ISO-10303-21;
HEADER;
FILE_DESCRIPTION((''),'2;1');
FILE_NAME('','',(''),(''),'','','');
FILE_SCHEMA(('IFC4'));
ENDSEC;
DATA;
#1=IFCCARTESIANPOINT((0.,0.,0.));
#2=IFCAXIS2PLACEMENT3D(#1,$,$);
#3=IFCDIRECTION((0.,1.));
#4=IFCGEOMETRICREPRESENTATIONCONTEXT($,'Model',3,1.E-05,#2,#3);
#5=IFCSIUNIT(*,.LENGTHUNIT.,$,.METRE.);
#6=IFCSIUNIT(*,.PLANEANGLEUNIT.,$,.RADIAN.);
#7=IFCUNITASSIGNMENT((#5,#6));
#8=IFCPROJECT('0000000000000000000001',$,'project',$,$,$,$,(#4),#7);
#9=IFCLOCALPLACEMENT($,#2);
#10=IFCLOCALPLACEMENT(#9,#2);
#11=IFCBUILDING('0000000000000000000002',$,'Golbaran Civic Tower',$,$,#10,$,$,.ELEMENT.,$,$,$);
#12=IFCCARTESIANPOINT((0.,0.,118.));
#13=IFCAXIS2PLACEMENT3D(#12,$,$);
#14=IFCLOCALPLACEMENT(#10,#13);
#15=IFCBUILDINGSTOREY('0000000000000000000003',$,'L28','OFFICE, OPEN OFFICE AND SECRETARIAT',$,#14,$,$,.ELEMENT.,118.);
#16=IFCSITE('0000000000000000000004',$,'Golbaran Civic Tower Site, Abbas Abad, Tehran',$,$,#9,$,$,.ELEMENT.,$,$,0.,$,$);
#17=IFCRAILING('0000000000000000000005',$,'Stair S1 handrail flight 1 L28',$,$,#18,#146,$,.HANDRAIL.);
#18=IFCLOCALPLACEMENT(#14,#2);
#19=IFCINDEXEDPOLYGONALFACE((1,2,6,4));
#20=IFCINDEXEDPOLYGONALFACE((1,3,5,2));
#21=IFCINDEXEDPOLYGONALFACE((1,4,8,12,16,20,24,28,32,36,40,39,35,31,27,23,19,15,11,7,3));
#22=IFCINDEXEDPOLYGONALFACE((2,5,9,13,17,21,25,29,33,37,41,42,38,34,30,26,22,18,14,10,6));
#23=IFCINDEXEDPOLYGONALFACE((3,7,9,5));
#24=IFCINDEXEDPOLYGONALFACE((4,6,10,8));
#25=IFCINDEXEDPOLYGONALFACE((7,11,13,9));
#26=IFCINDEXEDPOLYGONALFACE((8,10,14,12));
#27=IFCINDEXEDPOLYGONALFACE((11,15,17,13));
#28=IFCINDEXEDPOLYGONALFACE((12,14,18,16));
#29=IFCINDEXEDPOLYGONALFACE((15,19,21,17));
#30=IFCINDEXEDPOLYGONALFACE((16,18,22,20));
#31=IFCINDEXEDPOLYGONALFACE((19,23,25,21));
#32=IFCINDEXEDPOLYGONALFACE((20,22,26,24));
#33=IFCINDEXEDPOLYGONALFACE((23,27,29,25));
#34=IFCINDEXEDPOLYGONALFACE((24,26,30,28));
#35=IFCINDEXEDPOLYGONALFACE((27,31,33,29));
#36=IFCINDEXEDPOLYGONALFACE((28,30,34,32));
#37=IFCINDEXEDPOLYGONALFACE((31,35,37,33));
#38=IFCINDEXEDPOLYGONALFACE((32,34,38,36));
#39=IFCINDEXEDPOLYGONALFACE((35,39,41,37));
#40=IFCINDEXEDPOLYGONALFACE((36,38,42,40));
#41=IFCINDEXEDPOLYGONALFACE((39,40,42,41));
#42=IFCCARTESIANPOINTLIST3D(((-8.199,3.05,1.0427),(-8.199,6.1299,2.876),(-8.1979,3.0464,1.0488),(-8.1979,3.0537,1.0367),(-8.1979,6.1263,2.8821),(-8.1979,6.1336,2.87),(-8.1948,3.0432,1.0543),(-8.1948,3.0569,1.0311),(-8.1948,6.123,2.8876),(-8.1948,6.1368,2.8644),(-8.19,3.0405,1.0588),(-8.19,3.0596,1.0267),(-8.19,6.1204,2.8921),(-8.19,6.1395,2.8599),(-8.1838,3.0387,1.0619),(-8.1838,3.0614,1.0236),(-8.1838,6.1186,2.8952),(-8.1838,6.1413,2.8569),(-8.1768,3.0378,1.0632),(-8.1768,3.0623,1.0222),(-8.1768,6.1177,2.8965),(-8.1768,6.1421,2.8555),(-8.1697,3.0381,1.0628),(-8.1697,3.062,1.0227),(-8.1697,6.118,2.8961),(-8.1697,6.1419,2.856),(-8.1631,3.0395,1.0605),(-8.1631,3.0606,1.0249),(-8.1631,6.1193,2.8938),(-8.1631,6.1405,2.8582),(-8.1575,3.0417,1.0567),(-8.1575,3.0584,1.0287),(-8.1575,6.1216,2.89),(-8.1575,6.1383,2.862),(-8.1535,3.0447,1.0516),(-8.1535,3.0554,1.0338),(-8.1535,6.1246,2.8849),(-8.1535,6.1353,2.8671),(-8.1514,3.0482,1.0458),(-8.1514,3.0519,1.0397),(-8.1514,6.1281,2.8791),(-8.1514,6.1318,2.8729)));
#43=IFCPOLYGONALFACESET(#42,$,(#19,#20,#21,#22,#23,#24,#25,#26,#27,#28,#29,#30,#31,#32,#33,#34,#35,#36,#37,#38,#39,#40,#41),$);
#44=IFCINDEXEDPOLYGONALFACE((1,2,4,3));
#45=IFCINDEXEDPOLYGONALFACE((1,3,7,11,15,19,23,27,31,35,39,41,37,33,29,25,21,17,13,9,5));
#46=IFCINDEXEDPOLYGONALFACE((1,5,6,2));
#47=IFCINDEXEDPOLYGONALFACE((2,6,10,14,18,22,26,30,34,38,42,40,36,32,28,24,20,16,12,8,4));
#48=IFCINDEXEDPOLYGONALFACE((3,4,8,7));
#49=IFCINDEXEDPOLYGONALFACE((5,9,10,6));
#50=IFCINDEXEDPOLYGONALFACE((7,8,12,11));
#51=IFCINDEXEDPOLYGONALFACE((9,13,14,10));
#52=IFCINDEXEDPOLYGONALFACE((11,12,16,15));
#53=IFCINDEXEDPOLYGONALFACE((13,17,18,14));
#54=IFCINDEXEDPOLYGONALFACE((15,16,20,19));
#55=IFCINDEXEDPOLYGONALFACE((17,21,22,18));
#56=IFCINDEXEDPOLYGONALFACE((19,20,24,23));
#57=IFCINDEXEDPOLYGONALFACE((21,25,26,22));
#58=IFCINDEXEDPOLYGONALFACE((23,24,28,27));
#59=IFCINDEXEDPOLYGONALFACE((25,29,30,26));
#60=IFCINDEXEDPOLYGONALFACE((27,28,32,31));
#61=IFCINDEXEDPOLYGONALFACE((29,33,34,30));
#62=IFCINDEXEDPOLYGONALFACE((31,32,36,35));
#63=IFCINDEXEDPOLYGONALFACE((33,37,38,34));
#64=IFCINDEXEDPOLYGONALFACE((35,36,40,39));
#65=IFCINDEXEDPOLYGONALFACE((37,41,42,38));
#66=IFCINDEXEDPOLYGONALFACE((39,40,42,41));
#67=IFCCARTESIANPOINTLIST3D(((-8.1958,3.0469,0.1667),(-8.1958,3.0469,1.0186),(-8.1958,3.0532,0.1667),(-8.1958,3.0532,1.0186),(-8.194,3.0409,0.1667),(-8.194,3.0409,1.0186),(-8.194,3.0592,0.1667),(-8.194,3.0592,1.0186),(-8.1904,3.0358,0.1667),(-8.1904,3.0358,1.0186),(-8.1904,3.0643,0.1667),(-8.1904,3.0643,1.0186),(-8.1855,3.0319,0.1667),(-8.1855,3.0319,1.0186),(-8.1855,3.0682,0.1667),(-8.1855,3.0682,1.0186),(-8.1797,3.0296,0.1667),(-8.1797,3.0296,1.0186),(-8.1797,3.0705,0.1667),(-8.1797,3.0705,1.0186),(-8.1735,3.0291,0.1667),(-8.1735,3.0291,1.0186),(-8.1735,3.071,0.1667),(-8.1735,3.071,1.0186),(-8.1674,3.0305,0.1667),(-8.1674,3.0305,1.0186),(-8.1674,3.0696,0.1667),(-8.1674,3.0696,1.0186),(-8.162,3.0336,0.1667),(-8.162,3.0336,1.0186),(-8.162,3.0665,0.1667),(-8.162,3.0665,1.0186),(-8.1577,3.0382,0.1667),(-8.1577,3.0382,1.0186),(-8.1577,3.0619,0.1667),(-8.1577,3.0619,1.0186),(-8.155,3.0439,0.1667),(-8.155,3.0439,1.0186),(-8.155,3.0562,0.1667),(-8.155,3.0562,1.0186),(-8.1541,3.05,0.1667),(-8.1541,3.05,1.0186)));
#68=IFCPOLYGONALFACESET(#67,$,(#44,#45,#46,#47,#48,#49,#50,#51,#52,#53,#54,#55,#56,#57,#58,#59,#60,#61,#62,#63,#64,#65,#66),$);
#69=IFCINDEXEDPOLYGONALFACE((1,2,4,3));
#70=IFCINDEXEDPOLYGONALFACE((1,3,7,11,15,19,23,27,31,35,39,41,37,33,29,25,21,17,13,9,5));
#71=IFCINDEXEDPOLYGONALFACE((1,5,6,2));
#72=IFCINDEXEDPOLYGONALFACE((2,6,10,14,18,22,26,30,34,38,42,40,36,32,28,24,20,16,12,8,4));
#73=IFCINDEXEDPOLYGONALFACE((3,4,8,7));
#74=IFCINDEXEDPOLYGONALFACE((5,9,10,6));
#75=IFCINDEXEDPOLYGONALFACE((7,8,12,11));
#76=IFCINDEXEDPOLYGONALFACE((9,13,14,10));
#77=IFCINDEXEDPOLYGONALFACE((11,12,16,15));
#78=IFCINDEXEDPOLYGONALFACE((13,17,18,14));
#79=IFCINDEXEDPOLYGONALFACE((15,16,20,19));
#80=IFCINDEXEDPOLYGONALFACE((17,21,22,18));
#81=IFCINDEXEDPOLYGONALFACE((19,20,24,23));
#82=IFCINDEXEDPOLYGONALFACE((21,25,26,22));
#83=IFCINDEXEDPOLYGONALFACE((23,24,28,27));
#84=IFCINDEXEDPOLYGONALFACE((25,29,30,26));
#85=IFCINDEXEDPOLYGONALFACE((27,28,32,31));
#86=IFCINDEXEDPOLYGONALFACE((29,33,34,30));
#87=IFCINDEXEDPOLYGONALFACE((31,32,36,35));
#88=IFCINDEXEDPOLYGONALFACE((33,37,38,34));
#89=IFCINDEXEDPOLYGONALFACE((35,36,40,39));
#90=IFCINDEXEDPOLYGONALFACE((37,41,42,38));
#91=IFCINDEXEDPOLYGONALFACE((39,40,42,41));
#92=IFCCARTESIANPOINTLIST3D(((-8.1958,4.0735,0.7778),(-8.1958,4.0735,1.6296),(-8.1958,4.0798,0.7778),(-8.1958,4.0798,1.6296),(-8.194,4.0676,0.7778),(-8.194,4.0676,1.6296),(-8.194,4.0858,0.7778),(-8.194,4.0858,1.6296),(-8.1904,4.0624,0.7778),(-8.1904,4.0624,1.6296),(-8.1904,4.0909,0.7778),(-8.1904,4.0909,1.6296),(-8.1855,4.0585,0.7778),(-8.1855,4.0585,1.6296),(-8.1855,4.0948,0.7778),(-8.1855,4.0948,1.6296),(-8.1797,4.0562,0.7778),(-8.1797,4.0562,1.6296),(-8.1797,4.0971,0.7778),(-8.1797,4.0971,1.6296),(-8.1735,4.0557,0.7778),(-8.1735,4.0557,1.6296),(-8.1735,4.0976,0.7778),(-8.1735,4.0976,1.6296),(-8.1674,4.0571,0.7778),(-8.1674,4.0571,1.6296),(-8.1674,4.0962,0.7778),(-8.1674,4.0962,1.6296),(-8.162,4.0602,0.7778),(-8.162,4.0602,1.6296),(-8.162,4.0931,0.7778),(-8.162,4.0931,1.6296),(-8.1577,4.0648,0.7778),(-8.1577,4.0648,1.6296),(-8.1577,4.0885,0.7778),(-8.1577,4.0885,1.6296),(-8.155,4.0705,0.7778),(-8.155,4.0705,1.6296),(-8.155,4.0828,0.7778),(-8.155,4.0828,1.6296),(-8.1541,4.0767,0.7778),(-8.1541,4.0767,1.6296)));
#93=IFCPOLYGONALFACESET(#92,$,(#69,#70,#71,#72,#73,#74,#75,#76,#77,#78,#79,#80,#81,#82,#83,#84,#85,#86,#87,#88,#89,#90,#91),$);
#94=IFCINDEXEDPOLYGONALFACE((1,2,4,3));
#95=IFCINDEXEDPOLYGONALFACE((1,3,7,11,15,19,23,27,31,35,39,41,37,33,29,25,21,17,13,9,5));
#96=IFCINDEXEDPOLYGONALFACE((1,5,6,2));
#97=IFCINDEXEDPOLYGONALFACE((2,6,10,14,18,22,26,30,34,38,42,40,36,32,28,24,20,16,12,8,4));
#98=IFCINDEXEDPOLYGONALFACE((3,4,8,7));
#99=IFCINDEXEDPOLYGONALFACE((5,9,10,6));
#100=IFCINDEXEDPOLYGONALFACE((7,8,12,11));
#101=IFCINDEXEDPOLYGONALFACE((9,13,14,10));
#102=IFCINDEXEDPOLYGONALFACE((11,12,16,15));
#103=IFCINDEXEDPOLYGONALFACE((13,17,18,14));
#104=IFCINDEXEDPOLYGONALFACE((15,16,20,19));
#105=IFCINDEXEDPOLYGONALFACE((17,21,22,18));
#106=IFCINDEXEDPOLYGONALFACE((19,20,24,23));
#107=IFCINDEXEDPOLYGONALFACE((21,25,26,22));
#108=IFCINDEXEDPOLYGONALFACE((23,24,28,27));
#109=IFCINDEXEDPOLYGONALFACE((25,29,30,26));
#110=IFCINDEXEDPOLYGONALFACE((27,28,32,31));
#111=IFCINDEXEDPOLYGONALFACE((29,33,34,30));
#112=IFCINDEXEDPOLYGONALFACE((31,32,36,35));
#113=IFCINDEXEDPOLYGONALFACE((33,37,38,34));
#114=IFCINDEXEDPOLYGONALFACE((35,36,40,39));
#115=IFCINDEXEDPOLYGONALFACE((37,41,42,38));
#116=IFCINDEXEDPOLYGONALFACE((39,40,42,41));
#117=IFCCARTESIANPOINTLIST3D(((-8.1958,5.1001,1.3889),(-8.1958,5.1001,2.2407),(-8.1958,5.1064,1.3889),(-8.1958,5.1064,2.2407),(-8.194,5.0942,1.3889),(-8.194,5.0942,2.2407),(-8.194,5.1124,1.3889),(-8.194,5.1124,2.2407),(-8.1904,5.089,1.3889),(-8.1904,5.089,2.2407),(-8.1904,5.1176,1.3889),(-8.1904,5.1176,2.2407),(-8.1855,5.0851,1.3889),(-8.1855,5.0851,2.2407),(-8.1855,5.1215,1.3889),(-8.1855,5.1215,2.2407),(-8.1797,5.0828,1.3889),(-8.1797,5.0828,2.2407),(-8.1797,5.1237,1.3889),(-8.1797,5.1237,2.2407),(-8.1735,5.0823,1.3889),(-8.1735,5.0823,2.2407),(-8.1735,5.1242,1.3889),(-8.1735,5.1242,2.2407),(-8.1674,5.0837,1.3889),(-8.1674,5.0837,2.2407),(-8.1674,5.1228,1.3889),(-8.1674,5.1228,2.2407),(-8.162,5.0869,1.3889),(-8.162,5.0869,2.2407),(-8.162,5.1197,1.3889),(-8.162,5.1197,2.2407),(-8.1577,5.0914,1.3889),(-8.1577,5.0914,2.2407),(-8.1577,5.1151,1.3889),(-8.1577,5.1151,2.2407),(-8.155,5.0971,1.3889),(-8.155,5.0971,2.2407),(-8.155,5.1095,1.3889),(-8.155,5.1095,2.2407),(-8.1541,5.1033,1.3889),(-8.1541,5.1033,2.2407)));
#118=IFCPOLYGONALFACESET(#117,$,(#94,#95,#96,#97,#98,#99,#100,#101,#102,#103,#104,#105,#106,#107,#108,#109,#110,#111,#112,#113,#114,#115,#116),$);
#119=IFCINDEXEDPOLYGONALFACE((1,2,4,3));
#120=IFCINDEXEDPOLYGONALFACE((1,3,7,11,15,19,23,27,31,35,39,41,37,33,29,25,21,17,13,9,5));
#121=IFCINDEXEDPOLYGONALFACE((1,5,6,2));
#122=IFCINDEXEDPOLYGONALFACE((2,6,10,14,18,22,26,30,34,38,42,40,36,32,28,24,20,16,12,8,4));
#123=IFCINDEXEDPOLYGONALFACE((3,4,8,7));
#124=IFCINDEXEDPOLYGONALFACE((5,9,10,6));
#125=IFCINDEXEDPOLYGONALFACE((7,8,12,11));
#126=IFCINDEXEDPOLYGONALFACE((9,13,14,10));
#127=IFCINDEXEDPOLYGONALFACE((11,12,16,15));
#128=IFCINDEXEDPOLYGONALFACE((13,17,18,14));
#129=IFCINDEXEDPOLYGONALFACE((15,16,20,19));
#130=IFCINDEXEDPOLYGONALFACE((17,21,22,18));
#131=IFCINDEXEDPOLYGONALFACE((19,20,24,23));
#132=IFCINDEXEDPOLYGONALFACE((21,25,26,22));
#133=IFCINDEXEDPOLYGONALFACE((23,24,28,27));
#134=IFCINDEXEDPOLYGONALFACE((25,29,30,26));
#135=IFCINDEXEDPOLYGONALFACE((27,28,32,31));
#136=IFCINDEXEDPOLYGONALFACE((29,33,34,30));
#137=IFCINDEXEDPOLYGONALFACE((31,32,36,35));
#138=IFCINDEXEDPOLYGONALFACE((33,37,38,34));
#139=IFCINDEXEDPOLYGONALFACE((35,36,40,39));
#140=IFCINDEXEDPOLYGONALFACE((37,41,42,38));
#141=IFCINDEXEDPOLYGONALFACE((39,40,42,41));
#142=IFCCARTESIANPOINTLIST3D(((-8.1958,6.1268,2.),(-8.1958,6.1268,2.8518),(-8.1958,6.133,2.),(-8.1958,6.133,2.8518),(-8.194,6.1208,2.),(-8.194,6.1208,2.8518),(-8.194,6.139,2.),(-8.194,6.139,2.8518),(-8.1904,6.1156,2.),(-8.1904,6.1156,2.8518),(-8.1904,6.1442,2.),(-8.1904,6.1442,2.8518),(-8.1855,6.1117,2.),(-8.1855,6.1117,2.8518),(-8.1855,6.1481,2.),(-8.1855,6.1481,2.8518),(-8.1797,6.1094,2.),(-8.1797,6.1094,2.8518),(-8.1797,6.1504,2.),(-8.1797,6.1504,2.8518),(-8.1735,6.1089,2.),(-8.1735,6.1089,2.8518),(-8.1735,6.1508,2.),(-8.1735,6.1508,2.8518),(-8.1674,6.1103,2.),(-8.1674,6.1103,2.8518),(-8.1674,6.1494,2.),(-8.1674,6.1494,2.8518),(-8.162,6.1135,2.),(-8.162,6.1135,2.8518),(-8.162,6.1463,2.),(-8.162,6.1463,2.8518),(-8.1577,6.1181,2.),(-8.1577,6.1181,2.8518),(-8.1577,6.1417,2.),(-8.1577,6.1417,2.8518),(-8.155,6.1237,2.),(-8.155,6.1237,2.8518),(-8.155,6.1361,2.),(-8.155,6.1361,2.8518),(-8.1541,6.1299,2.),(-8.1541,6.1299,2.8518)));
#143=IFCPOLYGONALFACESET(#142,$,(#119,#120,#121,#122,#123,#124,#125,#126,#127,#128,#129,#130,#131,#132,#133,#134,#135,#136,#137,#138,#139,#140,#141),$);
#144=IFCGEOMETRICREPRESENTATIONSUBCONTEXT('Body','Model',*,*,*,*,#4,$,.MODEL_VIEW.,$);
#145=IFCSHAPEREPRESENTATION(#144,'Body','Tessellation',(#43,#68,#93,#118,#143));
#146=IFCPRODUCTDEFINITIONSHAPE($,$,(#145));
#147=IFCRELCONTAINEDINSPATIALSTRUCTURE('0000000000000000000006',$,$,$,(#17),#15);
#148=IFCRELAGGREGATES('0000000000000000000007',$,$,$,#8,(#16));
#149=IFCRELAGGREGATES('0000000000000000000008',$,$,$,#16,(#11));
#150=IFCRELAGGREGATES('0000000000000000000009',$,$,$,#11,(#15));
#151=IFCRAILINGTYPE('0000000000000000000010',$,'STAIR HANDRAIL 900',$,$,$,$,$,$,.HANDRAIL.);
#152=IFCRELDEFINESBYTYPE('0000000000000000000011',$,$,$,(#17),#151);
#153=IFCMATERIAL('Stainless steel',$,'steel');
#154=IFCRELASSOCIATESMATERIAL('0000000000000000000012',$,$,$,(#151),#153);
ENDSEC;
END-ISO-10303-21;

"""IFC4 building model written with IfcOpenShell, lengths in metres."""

from ifc_helpers import new_model, si_unit, direction, frame, origin, origin_2d, place, context, subcontext, project, spatial, circle, extrude, material, type_object, element, save


model = new_model("IFC4")

# Units and contexts
model_context = context("Model", 3, precision=1e-05, world=origin(), true_north=direction((0.0, 1.0)))
body_context = subcontext(model_context, "Body", "Model", "MODEL_VIEW")
ifc_project = project(units=[si_unit("LENGTHUNIT", "METRE"), si_unit("PLANEANGLEUNIT", "RADIAN")], contexts=[model_context])

# Site, building, storey
site_placement = place(None, origin())
site = spatial("IfcSite", under=ifc_project, at=site_placement, Name="Golbaran Civic Tower Site, Abbas Abad, Tehran", CompositionType="ELEMENT", RefElevation=0.0)
building_placement = place(site_placement, origin())
building = spatial("IfcBuilding", under=site, at=building_placement, Name="Golbaran Civic Tower", CompositionType="ELEMENT")
storey_placement = place(building_placement, frame((0.0, 0.0, 118.0)))
storey = spatial("IfcBuildingStorey", under=building, at=storey_placement, Name="L28", Description="OFFICE, OPEN OFFICE AND SECRETARIAT", CompositionType="ELEMENT", Elevation=118.0)

# Shared definitions
ifc_material_1 = material(Name="Stainless steel", Category="steel")

# Railing
railing_type = type_object("IfcRailingType", Name="STAIR HANDRAIL 900", PredefinedType="HANDRAIL", material=ifc_material_1)
railing_1_placement = place(storey_placement, frame((-8.175, 3.05, 0.1667)))
element("IfcRailing", 1, at=railing_1_placement, inside=storey, type_object=railing_type, Name="Stair S1 handrail flight 1 L28", PredefinedType="HANDRAIL", context=body_context, shape_type="SweptSolid", body=[
    extrude(circle(Radius=0.0239, at=origin_2d()), frame((0.0, 0.0, 0.876), z_axis=(0.0, 0.859291, 0.511487), x_axis=(-1.0, 0.0, 0.0)), (0.0, 0.0, 1.0), 3.5842),
    extrude(circle(Radius=0.021, at=origin_2d()), origin(), (0.0, 0.0, 1.0), 0.8518),
    extrude(circle(Radius=0.021, at=origin_2d()), frame((0.0, 1.0266, 0.6111)), (0.0, 0.0, 1.0), 0.8518),
    extrude(circle(Radius=0.021, at=origin_2d()), frame((0.0, 2.0532, 1.2222)), (0.0, 0.0, 1.0), 0.8518),
    extrude(circle(Radius=0.021, at=origin_2d()), frame((0.0, 3.0798, 1.8333)), (0.0, 0.0, 1.0), 0.8518),
])

save(model, "model.ifc")
